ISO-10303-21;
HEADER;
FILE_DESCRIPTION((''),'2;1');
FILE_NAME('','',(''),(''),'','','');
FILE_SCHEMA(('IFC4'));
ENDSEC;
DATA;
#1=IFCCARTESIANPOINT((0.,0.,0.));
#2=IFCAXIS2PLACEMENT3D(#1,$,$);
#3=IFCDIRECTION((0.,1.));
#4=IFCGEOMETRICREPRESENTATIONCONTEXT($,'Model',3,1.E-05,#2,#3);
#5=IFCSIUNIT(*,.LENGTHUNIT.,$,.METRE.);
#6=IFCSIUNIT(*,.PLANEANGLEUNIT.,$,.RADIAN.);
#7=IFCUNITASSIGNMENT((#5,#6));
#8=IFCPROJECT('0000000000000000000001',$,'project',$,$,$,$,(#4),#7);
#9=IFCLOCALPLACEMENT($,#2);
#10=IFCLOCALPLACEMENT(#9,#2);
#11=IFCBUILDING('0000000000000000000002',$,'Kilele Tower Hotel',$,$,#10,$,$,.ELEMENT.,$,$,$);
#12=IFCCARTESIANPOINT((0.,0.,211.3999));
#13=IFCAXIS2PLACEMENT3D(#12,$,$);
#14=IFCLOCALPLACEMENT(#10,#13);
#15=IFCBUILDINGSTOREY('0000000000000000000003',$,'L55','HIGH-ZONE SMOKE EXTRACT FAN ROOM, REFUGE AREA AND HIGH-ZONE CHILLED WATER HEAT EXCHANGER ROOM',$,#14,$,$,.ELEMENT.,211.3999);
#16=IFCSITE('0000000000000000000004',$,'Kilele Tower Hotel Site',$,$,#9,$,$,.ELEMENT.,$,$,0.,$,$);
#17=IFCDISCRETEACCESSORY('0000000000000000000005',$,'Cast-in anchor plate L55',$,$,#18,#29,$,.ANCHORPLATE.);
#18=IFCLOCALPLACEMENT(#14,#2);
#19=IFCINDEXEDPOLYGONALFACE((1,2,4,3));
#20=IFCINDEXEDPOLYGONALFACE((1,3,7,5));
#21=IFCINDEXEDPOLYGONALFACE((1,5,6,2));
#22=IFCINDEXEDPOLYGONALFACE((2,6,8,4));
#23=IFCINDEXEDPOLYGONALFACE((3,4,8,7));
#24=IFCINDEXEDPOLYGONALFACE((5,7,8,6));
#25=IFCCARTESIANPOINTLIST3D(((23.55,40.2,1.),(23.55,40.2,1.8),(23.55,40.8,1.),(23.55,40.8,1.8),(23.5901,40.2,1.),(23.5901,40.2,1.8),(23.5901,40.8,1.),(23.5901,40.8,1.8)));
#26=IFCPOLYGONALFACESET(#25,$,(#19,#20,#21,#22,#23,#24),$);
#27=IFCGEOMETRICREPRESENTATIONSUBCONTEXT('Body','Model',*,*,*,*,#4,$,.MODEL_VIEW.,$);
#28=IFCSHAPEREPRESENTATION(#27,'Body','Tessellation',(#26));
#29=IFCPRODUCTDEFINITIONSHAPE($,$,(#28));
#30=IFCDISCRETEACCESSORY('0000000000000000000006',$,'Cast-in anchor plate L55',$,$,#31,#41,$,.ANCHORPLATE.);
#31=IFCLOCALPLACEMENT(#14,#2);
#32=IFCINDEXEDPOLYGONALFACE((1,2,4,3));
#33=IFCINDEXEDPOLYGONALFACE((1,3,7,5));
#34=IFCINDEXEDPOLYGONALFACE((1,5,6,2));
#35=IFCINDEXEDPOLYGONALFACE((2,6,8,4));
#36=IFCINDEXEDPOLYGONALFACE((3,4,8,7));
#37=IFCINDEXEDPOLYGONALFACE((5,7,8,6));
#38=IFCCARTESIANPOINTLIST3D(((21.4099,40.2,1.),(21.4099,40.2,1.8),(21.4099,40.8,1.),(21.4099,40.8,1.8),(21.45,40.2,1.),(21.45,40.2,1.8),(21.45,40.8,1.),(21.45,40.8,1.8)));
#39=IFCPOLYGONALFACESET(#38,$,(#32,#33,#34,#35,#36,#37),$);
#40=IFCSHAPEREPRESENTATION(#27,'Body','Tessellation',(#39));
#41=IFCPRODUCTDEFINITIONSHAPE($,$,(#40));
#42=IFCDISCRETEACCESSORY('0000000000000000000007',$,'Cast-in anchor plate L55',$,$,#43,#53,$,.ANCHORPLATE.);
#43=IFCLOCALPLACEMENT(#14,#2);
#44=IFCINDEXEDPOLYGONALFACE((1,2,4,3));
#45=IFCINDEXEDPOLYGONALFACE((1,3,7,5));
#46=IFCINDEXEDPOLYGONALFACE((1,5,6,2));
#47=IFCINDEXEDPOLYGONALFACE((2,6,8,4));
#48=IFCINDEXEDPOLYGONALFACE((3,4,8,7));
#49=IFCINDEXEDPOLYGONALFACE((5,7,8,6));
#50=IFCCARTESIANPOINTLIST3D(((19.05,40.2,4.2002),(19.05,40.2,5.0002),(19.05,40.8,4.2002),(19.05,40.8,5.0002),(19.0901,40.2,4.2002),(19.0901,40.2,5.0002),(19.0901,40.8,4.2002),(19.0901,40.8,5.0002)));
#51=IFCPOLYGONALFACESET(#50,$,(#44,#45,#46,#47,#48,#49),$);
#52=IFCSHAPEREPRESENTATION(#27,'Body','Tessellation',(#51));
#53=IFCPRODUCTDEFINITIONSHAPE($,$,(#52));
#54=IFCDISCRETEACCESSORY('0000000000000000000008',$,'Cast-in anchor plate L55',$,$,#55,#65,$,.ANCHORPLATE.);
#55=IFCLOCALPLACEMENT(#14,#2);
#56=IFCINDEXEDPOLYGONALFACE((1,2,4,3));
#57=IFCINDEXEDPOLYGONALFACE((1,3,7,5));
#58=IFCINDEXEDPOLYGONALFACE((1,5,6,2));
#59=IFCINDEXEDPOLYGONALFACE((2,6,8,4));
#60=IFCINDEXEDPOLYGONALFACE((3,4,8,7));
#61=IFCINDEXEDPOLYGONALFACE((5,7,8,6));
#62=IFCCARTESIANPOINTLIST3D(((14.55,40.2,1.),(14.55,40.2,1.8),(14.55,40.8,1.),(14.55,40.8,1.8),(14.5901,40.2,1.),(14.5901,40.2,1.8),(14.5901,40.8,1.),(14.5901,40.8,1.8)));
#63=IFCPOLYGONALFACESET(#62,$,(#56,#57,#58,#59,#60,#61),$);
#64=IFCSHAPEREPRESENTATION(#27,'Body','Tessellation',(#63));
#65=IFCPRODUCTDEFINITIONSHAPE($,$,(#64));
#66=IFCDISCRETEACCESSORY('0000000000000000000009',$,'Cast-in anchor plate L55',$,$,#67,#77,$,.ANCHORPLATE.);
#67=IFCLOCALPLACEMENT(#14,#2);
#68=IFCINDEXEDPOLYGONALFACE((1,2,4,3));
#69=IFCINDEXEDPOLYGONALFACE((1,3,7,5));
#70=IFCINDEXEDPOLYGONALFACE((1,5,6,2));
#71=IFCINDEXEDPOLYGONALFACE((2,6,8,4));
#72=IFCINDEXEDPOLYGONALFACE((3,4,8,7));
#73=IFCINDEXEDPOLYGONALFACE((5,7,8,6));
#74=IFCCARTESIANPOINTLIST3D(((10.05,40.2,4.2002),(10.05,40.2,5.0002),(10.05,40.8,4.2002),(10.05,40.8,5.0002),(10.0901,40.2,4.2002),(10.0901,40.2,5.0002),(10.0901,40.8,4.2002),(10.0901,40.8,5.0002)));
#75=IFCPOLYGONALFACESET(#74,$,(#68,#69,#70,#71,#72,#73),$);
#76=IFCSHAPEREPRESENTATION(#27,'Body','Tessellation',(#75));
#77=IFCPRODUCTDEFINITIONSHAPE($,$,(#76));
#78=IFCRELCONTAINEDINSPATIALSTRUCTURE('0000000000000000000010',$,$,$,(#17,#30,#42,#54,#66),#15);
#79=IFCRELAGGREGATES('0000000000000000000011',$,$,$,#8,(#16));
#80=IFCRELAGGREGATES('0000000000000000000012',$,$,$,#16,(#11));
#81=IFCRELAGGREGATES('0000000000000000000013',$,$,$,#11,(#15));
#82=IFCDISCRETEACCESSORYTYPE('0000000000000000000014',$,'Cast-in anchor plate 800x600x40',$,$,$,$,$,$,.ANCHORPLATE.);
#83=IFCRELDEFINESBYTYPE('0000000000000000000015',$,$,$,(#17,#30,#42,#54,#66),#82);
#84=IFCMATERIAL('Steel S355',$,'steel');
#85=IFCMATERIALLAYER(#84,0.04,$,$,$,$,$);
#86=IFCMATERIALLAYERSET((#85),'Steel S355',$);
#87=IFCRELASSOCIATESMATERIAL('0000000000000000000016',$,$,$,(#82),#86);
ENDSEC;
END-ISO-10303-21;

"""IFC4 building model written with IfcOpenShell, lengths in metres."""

from ifc_helpers import new_model, si_unit, direction, frame, origin, place, context, subcontext, project, spatial, polyline, outline, extrude, source, transform, mapped, material, layer, layer_set, type_object, element, save


model = new_model("IFC4")

# Units and contexts
model_context = context("Model", 3, precision=1e-05, world=origin(), true_north=direction((0.0, 1.0)))
body_context = subcontext(model_context, "Body", "Model", "MODEL_VIEW")
ifc_project = project(units=[si_unit("LENGTHUNIT", "METRE"), si_unit("PLANEANGLEUNIT", "RADIAN")], contexts=[model_context])

# Site, building, storey
site_placement = place(None, origin())
site = spatial("IfcSite", under=ifc_project, at=site_placement, Name="Kilele Tower Hotel Site", CompositionType="ELEMENT", RefElevation=0.0)
building_placement = place(site_placement, origin())
building = spatial("IfcBuilding", under=site, at=building_placement, Name="Kilele Tower Hotel", CompositionType="ELEMENT")
storey_placement = place(building_placement, frame((0.0, 0.0, 211.3999)))
storey = spatial("IfcBuildingStorey", under=building, at=storey_placement, Name="L55", Description="HIGH-ZONE SMOKE EXTRACT FAN ROOM, REFUGE AREA AND HIGH-ZONE CHILLED WATER HEAT EXCHANGER ROOM", CompositionType="ELEMENT", Elevation=211.3999)

# Discrete accessories
ifc_material_1 = material(Name="Steel S355", Category="steel")
ifc_layer_1 = layer(ifc_material_1, 0.04)
ifc_layer_set_1 = layer_set([ifc_layer_1], Name="Steel S355")
discrete_accessory_type_1 = type_object("IfcDiscreteAccessoryType", Name="Cast-in anchor plate 800x600x40", PredefinedType="ANCHORPLATE", material=ifc_layer_set_1)
shared_shape_1 = source(origin(), body_context, "Body", "SweptSolid", [
    extrude(outline(polyline([(0.0, 0.0), (0.04, 0.0), (0.04, 0.8), (0.0, 0.8), (0.0, 0.0)])), origin(), (0.0, 0.0, 1.0), 0.6001),
])
for number, where, z_axis, x_axis, name in (
    (1, (23.55, 40.8, 1.0), (0.0, -1.0, 0.0), (1.0, 0.0, 0.0), "Cast-in anchor plate L55"),
    (2, (21.45, 40.2, 1.0), (0.0, 1.0, 0.0), (-1.0, 0.0, 0.0), "Cast-in anchor plate L55"),
    (3, (19.05, 40.8, 4.2002), (0.0, -1.0, 0.0), (1.0, 0.0, 0.0), "Cast-in anchor plate L55"),
    (4, (14.55, 40.8, 1.0), (0.0, -1.0, 0.0), (1.0, 0.0, 0.0), "Cast-in anchor plate L55"),
    (5, (10.05, 40.8, 4.2002), (0.0, -1.0, 0.0), (1.0, 0.0, 0.0), "Cast-in anchor plate L55"),
):
    element("IfcDiscreteAccessory", number, at=place(storey_placement, frame(where, z_axis=z_axis, x_axis=x_axis)), inside=storey, type_object=discrete_accessory_type_1, Name=name, PredefinedType="ANCHORPLATE", context=body_context, shape_type="MappedRepresentation", body=[
        mapped(shared_shape_1, transform((0.0, 0.0, 0.0))),
    ])

save(model, "model.ifc")
